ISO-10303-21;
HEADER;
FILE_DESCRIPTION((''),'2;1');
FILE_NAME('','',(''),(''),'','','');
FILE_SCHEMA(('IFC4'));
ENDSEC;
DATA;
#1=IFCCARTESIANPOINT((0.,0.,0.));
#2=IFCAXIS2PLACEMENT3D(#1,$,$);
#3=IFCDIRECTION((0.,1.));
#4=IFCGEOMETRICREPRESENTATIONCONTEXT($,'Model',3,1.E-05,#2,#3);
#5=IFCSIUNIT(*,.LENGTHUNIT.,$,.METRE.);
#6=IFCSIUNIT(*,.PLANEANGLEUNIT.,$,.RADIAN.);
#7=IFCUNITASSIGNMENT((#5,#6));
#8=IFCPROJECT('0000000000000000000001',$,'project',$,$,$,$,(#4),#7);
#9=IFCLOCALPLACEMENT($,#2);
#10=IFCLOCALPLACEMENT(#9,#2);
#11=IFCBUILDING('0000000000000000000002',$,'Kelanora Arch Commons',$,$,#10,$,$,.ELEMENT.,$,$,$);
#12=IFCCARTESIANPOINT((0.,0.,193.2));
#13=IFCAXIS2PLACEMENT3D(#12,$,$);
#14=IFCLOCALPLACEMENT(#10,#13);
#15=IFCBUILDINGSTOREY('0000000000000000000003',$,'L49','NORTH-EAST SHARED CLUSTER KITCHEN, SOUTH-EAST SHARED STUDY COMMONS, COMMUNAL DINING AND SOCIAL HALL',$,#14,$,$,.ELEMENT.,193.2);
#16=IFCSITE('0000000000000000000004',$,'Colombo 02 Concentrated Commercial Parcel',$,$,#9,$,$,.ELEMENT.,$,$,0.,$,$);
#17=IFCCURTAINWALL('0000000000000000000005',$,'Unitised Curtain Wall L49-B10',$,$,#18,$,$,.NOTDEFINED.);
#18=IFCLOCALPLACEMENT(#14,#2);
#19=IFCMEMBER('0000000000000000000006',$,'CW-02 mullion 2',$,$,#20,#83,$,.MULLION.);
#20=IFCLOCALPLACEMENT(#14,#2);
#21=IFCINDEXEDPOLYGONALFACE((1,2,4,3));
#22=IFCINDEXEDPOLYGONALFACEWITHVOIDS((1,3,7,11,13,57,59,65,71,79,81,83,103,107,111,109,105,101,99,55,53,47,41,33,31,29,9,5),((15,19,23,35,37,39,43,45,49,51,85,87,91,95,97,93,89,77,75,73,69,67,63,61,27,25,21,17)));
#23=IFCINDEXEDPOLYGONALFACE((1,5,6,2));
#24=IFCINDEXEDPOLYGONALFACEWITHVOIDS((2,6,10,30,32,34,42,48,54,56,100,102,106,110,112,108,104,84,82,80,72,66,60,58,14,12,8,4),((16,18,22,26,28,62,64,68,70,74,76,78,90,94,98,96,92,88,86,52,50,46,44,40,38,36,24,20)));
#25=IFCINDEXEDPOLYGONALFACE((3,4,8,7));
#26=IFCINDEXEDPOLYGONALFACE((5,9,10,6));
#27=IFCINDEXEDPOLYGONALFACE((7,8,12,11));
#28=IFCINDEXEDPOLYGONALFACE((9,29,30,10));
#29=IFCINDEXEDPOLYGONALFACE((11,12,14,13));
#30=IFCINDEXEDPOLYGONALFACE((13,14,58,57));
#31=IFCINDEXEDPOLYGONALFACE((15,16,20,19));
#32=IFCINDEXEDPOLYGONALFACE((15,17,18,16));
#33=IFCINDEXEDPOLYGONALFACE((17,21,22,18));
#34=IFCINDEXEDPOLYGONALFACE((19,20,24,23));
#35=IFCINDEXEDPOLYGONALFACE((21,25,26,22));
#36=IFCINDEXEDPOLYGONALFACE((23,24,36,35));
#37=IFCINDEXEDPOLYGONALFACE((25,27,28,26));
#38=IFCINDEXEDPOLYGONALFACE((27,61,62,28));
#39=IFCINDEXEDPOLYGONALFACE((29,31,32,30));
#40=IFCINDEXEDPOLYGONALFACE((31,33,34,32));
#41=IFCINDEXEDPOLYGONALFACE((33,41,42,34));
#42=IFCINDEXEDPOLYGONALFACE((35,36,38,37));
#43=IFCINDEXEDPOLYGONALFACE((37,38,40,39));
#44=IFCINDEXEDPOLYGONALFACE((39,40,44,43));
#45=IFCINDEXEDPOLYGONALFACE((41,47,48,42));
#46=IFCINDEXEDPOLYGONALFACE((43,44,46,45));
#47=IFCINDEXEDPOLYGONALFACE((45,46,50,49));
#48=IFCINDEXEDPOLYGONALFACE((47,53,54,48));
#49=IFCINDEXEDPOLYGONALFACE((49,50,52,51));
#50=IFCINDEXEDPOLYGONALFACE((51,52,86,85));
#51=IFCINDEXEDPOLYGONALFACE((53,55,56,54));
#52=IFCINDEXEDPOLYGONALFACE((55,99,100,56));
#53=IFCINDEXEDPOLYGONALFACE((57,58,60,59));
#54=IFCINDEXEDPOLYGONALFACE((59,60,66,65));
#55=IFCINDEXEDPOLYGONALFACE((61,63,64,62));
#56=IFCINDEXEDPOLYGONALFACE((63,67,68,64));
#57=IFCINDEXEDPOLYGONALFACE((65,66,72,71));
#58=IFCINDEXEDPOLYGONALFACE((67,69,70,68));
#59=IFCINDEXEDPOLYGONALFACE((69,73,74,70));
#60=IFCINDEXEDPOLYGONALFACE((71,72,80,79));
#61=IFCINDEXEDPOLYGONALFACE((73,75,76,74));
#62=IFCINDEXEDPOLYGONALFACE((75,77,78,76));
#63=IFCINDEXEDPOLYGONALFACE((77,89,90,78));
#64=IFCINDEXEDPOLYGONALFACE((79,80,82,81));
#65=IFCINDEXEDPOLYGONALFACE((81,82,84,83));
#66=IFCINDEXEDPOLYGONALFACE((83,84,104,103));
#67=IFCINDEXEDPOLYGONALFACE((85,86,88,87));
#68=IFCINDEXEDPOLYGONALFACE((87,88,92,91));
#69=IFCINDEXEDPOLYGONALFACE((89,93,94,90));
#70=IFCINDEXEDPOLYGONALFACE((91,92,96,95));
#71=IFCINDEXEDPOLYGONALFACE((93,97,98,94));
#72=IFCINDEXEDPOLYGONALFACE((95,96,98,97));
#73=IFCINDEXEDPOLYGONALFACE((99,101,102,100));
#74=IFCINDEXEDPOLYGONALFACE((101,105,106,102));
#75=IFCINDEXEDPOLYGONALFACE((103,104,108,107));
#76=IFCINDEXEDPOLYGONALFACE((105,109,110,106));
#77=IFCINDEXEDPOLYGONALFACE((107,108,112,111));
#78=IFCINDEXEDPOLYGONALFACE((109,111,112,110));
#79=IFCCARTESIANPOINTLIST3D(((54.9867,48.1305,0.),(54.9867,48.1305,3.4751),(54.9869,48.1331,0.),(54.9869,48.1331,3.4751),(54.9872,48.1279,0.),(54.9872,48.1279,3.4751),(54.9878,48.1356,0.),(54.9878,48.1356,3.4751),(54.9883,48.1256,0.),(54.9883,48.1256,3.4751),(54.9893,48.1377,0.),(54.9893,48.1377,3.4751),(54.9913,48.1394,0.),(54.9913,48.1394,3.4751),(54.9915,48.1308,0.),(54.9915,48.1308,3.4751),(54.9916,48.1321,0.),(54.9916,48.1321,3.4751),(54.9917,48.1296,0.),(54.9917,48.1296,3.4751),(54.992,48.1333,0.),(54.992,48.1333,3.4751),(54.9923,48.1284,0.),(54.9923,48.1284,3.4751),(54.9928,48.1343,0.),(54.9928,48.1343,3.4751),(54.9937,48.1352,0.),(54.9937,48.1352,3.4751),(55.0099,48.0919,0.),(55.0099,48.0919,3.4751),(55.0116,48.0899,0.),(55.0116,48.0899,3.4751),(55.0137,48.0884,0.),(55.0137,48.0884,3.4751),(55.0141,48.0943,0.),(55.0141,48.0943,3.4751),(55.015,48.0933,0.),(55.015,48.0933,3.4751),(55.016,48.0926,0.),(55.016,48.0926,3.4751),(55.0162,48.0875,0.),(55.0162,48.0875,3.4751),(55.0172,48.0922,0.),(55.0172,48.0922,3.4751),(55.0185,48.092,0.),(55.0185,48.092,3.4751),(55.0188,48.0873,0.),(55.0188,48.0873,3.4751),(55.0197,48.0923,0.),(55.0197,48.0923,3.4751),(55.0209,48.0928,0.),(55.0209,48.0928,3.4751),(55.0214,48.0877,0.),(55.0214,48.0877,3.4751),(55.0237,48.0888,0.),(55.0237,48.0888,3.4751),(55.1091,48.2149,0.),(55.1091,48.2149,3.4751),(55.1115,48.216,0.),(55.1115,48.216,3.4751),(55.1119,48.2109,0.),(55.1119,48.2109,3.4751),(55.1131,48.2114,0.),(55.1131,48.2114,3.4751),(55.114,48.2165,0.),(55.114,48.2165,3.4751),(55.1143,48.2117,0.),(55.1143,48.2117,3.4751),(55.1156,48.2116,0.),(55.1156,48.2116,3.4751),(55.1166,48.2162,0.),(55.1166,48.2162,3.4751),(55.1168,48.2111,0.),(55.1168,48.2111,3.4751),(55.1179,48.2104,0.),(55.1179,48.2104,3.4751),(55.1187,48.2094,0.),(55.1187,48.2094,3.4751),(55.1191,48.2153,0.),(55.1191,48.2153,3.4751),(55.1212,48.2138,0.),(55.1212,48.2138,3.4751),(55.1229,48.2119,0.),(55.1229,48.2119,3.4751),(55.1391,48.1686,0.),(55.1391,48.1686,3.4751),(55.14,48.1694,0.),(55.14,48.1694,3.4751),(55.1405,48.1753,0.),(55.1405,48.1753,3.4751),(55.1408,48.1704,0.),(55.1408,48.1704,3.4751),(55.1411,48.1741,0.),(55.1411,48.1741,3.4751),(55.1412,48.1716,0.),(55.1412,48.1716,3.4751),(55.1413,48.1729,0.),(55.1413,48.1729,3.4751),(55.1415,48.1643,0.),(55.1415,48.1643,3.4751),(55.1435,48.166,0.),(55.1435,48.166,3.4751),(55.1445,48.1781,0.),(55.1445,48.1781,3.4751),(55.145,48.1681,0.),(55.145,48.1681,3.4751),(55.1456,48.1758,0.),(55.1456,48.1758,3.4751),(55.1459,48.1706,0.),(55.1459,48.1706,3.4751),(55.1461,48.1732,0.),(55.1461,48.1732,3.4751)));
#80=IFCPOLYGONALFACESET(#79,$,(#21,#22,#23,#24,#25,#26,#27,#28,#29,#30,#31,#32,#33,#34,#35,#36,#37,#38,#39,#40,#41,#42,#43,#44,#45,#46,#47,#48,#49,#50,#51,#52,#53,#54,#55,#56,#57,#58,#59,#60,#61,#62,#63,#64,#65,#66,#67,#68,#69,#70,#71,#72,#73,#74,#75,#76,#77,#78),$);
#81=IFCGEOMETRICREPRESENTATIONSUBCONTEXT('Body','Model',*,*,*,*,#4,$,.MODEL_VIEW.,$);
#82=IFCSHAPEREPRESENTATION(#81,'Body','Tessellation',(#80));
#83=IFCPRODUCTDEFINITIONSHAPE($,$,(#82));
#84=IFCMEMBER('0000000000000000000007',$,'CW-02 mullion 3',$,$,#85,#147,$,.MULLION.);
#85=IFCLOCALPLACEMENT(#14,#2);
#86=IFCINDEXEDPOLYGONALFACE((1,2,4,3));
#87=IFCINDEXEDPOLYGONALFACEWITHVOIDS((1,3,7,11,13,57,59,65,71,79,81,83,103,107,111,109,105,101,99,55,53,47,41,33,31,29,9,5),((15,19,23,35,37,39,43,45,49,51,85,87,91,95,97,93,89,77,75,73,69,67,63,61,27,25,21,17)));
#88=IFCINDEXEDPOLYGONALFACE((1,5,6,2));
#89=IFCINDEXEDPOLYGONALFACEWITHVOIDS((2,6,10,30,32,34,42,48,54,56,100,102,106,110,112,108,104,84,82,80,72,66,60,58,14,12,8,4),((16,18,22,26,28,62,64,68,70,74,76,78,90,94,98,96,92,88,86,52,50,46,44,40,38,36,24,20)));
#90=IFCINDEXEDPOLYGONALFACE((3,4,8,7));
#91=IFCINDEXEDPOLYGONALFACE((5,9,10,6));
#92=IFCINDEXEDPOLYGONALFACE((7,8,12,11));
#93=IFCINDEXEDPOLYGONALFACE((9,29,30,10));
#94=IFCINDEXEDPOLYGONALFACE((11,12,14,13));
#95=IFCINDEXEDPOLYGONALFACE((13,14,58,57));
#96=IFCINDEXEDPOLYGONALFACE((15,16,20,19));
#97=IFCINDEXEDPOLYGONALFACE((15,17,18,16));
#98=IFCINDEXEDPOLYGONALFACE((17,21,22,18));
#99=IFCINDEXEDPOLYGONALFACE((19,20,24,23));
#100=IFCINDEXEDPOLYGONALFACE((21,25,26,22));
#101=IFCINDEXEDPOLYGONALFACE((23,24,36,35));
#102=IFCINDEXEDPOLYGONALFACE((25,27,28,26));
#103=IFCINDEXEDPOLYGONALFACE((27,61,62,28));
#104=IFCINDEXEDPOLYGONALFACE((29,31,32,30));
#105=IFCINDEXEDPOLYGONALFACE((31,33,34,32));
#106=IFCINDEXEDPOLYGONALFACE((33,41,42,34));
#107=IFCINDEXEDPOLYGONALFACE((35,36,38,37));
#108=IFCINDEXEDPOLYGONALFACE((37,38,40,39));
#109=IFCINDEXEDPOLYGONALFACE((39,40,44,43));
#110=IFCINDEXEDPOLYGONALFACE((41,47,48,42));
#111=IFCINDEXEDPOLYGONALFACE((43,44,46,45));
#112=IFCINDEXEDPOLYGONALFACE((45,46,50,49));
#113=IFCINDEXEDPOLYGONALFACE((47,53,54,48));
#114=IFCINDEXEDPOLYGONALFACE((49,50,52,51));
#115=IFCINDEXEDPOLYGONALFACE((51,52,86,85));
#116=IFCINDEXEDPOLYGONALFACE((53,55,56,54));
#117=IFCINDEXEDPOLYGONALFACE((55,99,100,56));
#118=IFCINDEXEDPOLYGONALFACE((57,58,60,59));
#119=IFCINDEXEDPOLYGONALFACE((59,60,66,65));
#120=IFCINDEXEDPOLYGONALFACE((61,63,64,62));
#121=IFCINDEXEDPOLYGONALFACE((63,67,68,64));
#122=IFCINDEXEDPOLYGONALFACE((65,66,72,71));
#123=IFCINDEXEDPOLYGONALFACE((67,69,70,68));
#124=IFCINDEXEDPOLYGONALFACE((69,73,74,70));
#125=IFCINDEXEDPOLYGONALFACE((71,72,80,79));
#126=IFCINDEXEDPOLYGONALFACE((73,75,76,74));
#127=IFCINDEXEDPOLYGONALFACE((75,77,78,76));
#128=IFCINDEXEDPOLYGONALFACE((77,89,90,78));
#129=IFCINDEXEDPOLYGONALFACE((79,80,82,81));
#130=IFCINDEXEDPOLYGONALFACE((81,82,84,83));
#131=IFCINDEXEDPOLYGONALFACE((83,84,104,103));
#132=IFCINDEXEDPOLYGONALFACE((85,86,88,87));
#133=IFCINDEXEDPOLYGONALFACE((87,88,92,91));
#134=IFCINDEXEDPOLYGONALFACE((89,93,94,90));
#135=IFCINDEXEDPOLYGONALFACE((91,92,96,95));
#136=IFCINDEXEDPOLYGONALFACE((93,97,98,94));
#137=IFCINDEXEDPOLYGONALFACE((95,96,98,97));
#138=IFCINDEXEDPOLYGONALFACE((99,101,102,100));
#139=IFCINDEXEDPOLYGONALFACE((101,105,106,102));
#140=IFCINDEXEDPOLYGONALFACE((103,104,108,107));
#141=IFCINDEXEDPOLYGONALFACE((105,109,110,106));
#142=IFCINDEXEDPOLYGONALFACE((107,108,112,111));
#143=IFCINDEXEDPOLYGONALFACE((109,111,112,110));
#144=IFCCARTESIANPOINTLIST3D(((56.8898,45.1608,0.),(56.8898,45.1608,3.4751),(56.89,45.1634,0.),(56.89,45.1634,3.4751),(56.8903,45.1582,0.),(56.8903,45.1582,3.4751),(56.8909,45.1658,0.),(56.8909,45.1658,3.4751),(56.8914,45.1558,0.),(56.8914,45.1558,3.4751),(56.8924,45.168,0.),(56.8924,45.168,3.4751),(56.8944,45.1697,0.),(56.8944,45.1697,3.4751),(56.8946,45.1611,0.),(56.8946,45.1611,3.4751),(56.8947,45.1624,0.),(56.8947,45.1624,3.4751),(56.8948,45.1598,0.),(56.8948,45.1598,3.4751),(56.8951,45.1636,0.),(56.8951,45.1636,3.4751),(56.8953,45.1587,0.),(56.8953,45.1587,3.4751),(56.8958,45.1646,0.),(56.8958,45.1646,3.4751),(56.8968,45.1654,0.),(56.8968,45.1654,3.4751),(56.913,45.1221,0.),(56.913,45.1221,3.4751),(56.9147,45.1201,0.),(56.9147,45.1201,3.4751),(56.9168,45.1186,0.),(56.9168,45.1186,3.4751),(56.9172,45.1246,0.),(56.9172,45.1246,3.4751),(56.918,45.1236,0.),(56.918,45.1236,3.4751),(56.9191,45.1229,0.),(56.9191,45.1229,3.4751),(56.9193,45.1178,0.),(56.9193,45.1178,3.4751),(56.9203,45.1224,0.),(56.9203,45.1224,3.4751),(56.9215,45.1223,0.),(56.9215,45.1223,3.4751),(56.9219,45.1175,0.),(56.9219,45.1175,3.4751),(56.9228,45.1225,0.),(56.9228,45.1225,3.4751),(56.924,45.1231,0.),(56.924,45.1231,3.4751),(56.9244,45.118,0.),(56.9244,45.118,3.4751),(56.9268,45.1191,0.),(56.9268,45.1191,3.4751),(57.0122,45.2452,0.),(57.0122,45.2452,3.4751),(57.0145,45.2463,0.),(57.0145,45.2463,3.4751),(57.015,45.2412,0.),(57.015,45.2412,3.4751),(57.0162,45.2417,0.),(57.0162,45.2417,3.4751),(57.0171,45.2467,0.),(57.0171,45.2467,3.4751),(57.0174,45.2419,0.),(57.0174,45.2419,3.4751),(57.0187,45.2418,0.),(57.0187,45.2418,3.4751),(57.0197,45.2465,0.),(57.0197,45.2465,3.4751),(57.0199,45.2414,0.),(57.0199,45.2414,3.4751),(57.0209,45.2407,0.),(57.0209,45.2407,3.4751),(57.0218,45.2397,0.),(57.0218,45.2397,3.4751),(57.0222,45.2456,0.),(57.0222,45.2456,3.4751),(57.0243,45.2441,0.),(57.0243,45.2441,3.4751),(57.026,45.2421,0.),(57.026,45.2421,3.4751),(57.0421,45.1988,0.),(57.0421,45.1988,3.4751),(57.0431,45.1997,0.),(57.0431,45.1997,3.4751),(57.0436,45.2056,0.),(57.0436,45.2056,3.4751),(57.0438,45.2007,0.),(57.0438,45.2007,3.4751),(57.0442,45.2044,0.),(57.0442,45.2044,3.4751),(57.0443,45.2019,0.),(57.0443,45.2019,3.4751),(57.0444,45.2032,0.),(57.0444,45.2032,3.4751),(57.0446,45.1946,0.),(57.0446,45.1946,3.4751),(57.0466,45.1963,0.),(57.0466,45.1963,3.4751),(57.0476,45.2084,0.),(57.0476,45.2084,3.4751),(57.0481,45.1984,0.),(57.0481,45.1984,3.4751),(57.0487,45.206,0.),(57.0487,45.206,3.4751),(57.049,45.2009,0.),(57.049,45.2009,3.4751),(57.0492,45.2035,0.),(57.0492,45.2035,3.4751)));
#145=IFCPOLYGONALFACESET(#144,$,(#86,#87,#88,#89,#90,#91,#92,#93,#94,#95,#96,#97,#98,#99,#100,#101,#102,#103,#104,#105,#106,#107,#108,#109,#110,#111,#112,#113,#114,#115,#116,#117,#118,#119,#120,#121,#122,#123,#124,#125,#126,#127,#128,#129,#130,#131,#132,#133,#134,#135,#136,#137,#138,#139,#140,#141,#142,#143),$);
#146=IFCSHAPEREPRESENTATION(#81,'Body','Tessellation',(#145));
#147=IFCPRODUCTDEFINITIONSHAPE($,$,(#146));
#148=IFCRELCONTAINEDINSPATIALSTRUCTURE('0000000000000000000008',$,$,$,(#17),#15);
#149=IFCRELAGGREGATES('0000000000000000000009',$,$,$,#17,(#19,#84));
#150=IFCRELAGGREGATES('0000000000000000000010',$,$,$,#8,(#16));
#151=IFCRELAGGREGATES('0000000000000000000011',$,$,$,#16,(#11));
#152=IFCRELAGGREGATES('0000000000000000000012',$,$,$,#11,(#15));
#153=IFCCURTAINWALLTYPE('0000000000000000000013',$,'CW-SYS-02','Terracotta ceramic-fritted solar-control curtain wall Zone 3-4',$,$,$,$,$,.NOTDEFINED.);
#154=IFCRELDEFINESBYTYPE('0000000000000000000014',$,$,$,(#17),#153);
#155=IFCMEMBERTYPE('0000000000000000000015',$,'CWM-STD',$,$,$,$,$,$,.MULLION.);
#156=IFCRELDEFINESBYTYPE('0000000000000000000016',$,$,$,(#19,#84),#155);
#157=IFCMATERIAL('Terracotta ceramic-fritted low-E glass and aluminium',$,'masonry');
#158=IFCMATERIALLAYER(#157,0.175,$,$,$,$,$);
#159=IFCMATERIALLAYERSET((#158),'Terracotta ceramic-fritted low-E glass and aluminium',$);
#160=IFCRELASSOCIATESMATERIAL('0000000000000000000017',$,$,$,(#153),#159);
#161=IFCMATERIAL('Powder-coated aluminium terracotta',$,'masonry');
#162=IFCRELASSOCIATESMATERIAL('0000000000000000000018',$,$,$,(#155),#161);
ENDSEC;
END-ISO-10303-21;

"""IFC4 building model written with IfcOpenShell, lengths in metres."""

from ifc_helpers import new_model, si_unit, direction, frame, origin, origin_2d, place, context, subcontext, project, spatial, hollow_rectangle, extrude, material, layer, layer_set, material_profile, profile_set, type_object, element, aggregate, save


model = new_model("IFC4")

# Units and contexts
model_context = context("Model", 3, precision=1e-05, world=origin(), true_north=direction((0.0, 1.0)))
body_context = subcontext(model_context, "Body", "Model", "MODEL_VIEW")
ifc_project = project(units=[si_unit("LENGTHUNIT", "METRE"), si_unit("PLANEANGLEUNIT", "RADIAN")], contexts=[model_context])

# Site, building, storey
site_placement = place(None, origin())
site = spatial("IfcSite", under=ifc_project, at=site_placement, Name="Colombo 02 Concentrated Commercial Parcel", CompositionType="ELEMENT", RefElevation=0.0)
building_placement = place(site_placement, origin())
building = spatial("IfcBuilding", under=site, at=building_placement, Name="Kelanora Arch Commons", CompositionType="ELEMENT")
storey_placement = place(building_placement, frame((0.0, 0.0, 193.2)))
storey = spatial("IfcBuildingStorey", under=building, at=storey_placement, Name="L49", Description="NORTH-EAST SHARED CLUSTER KITCHEN, SOUTH-EAST SHARED STUDY COMMONS, COMMUNAL DINING AND SOCIAL HALL", CompositionType="ELEMENT", Elevation=193.2)

# Curtain wall, members
ifc_material_1 = material(Name="Terracotta ceramic-fritted low-E glass and aluminium", Category="masonry")
ifc_layer_1 = layer(ifc_material_1, 0.175)
ifc_layer_set_1 = layer_set([ifc_layer_1], Name="Terracotta ceramic-fritted low-E glass and aluminium")
curtain_wall_type = type_object("IfcCurtainWallType", Name="CW-SYS-02", Description="Terracotta ceramic-fritted solar-control curtain wall Zone 3-4", PredefinedType="NOTDEFINED", material=ifc_layer_set_1)
curtain_wall_placement = place(storey_placement, origin())
curtain_wall = element("IfcCurtainWall", 1, at=curtain_wall_placement, inside=storey, type_object=curtain_wall_type, Name="Unitised Curtain Wall L49-B10", PredefinedType="NOTDEFINED")
ifc_material_2 = material(Name="Powder-coated aluminium terracotta", Category="masonry")
ifc_material_profile_1 = material_profile(ifc_material_2, hollow_rectangle(XDim=0.1599, YDim=0.0601, WallThickness=0.0049, InnerFilletRadius=0.0049, OuterFilletRadius=0.01, at=origin_2d()), Name="CWM160x60")
ifc_profile_set_1 = profile_set([ifc_material_profile_1], Name="Powder-coated aluminium terracotta")
member_type_1 = type_object("IfcMemberType", Name="CWM-STD", PredefinedType="MULLION", material=ifc_profile_set_1)
member_1_placement = place(storey_placement, frame((55.0664, 48.1519, 0.0), z_axis=(0.0, 0.0, 1.0), x_axis=(0.841948, 0.539559, 0.0)))
member_1 = element("IfcMember", 2, at=member_1_placement, type_object=member_type_1, Name="CW-02 mullion 2", PredefinedType="MULLION", context=body_context, shape_type="SweptSolid", body=[
    extrude(hollow_rectangle(XDim=0.1599, YDim=0.0601, WallThickness=0.0049, InnerFilletRadius=0.0049, OuterFilletRadius=0.01, at=origin_2d()), origin(), (0.0, 0.0, 1.0), 3.4751),
])
member_2_placement = place(storey_placement, frame((56.9695, 45.1821, 0.0), z_axis=(0.0, 0.0, 1.0), x_axis=(0.841948, 0.539559, 0.0)))
member_2 = element("IfcMember", 3, at=member_2_placement, type_object=member_type_1, Name="CW-02 mullion 3", PredefinedType="MULLION", context=body_context, shape_type="SweptSolid", body=[
    extrude(hollow_rectangle(XDim=0.1599, YDim=0.0601, WallThickness=0.0049, InnerFilletRadius=0.0049, OuterFilletRadius=0.01, at=origin_2d()), origin(), (0.0, 0.0, 1.0), 3.4751),
])
aggregate(curtain_wall, [member_1, member_2])

save(model, "model.ifc")
